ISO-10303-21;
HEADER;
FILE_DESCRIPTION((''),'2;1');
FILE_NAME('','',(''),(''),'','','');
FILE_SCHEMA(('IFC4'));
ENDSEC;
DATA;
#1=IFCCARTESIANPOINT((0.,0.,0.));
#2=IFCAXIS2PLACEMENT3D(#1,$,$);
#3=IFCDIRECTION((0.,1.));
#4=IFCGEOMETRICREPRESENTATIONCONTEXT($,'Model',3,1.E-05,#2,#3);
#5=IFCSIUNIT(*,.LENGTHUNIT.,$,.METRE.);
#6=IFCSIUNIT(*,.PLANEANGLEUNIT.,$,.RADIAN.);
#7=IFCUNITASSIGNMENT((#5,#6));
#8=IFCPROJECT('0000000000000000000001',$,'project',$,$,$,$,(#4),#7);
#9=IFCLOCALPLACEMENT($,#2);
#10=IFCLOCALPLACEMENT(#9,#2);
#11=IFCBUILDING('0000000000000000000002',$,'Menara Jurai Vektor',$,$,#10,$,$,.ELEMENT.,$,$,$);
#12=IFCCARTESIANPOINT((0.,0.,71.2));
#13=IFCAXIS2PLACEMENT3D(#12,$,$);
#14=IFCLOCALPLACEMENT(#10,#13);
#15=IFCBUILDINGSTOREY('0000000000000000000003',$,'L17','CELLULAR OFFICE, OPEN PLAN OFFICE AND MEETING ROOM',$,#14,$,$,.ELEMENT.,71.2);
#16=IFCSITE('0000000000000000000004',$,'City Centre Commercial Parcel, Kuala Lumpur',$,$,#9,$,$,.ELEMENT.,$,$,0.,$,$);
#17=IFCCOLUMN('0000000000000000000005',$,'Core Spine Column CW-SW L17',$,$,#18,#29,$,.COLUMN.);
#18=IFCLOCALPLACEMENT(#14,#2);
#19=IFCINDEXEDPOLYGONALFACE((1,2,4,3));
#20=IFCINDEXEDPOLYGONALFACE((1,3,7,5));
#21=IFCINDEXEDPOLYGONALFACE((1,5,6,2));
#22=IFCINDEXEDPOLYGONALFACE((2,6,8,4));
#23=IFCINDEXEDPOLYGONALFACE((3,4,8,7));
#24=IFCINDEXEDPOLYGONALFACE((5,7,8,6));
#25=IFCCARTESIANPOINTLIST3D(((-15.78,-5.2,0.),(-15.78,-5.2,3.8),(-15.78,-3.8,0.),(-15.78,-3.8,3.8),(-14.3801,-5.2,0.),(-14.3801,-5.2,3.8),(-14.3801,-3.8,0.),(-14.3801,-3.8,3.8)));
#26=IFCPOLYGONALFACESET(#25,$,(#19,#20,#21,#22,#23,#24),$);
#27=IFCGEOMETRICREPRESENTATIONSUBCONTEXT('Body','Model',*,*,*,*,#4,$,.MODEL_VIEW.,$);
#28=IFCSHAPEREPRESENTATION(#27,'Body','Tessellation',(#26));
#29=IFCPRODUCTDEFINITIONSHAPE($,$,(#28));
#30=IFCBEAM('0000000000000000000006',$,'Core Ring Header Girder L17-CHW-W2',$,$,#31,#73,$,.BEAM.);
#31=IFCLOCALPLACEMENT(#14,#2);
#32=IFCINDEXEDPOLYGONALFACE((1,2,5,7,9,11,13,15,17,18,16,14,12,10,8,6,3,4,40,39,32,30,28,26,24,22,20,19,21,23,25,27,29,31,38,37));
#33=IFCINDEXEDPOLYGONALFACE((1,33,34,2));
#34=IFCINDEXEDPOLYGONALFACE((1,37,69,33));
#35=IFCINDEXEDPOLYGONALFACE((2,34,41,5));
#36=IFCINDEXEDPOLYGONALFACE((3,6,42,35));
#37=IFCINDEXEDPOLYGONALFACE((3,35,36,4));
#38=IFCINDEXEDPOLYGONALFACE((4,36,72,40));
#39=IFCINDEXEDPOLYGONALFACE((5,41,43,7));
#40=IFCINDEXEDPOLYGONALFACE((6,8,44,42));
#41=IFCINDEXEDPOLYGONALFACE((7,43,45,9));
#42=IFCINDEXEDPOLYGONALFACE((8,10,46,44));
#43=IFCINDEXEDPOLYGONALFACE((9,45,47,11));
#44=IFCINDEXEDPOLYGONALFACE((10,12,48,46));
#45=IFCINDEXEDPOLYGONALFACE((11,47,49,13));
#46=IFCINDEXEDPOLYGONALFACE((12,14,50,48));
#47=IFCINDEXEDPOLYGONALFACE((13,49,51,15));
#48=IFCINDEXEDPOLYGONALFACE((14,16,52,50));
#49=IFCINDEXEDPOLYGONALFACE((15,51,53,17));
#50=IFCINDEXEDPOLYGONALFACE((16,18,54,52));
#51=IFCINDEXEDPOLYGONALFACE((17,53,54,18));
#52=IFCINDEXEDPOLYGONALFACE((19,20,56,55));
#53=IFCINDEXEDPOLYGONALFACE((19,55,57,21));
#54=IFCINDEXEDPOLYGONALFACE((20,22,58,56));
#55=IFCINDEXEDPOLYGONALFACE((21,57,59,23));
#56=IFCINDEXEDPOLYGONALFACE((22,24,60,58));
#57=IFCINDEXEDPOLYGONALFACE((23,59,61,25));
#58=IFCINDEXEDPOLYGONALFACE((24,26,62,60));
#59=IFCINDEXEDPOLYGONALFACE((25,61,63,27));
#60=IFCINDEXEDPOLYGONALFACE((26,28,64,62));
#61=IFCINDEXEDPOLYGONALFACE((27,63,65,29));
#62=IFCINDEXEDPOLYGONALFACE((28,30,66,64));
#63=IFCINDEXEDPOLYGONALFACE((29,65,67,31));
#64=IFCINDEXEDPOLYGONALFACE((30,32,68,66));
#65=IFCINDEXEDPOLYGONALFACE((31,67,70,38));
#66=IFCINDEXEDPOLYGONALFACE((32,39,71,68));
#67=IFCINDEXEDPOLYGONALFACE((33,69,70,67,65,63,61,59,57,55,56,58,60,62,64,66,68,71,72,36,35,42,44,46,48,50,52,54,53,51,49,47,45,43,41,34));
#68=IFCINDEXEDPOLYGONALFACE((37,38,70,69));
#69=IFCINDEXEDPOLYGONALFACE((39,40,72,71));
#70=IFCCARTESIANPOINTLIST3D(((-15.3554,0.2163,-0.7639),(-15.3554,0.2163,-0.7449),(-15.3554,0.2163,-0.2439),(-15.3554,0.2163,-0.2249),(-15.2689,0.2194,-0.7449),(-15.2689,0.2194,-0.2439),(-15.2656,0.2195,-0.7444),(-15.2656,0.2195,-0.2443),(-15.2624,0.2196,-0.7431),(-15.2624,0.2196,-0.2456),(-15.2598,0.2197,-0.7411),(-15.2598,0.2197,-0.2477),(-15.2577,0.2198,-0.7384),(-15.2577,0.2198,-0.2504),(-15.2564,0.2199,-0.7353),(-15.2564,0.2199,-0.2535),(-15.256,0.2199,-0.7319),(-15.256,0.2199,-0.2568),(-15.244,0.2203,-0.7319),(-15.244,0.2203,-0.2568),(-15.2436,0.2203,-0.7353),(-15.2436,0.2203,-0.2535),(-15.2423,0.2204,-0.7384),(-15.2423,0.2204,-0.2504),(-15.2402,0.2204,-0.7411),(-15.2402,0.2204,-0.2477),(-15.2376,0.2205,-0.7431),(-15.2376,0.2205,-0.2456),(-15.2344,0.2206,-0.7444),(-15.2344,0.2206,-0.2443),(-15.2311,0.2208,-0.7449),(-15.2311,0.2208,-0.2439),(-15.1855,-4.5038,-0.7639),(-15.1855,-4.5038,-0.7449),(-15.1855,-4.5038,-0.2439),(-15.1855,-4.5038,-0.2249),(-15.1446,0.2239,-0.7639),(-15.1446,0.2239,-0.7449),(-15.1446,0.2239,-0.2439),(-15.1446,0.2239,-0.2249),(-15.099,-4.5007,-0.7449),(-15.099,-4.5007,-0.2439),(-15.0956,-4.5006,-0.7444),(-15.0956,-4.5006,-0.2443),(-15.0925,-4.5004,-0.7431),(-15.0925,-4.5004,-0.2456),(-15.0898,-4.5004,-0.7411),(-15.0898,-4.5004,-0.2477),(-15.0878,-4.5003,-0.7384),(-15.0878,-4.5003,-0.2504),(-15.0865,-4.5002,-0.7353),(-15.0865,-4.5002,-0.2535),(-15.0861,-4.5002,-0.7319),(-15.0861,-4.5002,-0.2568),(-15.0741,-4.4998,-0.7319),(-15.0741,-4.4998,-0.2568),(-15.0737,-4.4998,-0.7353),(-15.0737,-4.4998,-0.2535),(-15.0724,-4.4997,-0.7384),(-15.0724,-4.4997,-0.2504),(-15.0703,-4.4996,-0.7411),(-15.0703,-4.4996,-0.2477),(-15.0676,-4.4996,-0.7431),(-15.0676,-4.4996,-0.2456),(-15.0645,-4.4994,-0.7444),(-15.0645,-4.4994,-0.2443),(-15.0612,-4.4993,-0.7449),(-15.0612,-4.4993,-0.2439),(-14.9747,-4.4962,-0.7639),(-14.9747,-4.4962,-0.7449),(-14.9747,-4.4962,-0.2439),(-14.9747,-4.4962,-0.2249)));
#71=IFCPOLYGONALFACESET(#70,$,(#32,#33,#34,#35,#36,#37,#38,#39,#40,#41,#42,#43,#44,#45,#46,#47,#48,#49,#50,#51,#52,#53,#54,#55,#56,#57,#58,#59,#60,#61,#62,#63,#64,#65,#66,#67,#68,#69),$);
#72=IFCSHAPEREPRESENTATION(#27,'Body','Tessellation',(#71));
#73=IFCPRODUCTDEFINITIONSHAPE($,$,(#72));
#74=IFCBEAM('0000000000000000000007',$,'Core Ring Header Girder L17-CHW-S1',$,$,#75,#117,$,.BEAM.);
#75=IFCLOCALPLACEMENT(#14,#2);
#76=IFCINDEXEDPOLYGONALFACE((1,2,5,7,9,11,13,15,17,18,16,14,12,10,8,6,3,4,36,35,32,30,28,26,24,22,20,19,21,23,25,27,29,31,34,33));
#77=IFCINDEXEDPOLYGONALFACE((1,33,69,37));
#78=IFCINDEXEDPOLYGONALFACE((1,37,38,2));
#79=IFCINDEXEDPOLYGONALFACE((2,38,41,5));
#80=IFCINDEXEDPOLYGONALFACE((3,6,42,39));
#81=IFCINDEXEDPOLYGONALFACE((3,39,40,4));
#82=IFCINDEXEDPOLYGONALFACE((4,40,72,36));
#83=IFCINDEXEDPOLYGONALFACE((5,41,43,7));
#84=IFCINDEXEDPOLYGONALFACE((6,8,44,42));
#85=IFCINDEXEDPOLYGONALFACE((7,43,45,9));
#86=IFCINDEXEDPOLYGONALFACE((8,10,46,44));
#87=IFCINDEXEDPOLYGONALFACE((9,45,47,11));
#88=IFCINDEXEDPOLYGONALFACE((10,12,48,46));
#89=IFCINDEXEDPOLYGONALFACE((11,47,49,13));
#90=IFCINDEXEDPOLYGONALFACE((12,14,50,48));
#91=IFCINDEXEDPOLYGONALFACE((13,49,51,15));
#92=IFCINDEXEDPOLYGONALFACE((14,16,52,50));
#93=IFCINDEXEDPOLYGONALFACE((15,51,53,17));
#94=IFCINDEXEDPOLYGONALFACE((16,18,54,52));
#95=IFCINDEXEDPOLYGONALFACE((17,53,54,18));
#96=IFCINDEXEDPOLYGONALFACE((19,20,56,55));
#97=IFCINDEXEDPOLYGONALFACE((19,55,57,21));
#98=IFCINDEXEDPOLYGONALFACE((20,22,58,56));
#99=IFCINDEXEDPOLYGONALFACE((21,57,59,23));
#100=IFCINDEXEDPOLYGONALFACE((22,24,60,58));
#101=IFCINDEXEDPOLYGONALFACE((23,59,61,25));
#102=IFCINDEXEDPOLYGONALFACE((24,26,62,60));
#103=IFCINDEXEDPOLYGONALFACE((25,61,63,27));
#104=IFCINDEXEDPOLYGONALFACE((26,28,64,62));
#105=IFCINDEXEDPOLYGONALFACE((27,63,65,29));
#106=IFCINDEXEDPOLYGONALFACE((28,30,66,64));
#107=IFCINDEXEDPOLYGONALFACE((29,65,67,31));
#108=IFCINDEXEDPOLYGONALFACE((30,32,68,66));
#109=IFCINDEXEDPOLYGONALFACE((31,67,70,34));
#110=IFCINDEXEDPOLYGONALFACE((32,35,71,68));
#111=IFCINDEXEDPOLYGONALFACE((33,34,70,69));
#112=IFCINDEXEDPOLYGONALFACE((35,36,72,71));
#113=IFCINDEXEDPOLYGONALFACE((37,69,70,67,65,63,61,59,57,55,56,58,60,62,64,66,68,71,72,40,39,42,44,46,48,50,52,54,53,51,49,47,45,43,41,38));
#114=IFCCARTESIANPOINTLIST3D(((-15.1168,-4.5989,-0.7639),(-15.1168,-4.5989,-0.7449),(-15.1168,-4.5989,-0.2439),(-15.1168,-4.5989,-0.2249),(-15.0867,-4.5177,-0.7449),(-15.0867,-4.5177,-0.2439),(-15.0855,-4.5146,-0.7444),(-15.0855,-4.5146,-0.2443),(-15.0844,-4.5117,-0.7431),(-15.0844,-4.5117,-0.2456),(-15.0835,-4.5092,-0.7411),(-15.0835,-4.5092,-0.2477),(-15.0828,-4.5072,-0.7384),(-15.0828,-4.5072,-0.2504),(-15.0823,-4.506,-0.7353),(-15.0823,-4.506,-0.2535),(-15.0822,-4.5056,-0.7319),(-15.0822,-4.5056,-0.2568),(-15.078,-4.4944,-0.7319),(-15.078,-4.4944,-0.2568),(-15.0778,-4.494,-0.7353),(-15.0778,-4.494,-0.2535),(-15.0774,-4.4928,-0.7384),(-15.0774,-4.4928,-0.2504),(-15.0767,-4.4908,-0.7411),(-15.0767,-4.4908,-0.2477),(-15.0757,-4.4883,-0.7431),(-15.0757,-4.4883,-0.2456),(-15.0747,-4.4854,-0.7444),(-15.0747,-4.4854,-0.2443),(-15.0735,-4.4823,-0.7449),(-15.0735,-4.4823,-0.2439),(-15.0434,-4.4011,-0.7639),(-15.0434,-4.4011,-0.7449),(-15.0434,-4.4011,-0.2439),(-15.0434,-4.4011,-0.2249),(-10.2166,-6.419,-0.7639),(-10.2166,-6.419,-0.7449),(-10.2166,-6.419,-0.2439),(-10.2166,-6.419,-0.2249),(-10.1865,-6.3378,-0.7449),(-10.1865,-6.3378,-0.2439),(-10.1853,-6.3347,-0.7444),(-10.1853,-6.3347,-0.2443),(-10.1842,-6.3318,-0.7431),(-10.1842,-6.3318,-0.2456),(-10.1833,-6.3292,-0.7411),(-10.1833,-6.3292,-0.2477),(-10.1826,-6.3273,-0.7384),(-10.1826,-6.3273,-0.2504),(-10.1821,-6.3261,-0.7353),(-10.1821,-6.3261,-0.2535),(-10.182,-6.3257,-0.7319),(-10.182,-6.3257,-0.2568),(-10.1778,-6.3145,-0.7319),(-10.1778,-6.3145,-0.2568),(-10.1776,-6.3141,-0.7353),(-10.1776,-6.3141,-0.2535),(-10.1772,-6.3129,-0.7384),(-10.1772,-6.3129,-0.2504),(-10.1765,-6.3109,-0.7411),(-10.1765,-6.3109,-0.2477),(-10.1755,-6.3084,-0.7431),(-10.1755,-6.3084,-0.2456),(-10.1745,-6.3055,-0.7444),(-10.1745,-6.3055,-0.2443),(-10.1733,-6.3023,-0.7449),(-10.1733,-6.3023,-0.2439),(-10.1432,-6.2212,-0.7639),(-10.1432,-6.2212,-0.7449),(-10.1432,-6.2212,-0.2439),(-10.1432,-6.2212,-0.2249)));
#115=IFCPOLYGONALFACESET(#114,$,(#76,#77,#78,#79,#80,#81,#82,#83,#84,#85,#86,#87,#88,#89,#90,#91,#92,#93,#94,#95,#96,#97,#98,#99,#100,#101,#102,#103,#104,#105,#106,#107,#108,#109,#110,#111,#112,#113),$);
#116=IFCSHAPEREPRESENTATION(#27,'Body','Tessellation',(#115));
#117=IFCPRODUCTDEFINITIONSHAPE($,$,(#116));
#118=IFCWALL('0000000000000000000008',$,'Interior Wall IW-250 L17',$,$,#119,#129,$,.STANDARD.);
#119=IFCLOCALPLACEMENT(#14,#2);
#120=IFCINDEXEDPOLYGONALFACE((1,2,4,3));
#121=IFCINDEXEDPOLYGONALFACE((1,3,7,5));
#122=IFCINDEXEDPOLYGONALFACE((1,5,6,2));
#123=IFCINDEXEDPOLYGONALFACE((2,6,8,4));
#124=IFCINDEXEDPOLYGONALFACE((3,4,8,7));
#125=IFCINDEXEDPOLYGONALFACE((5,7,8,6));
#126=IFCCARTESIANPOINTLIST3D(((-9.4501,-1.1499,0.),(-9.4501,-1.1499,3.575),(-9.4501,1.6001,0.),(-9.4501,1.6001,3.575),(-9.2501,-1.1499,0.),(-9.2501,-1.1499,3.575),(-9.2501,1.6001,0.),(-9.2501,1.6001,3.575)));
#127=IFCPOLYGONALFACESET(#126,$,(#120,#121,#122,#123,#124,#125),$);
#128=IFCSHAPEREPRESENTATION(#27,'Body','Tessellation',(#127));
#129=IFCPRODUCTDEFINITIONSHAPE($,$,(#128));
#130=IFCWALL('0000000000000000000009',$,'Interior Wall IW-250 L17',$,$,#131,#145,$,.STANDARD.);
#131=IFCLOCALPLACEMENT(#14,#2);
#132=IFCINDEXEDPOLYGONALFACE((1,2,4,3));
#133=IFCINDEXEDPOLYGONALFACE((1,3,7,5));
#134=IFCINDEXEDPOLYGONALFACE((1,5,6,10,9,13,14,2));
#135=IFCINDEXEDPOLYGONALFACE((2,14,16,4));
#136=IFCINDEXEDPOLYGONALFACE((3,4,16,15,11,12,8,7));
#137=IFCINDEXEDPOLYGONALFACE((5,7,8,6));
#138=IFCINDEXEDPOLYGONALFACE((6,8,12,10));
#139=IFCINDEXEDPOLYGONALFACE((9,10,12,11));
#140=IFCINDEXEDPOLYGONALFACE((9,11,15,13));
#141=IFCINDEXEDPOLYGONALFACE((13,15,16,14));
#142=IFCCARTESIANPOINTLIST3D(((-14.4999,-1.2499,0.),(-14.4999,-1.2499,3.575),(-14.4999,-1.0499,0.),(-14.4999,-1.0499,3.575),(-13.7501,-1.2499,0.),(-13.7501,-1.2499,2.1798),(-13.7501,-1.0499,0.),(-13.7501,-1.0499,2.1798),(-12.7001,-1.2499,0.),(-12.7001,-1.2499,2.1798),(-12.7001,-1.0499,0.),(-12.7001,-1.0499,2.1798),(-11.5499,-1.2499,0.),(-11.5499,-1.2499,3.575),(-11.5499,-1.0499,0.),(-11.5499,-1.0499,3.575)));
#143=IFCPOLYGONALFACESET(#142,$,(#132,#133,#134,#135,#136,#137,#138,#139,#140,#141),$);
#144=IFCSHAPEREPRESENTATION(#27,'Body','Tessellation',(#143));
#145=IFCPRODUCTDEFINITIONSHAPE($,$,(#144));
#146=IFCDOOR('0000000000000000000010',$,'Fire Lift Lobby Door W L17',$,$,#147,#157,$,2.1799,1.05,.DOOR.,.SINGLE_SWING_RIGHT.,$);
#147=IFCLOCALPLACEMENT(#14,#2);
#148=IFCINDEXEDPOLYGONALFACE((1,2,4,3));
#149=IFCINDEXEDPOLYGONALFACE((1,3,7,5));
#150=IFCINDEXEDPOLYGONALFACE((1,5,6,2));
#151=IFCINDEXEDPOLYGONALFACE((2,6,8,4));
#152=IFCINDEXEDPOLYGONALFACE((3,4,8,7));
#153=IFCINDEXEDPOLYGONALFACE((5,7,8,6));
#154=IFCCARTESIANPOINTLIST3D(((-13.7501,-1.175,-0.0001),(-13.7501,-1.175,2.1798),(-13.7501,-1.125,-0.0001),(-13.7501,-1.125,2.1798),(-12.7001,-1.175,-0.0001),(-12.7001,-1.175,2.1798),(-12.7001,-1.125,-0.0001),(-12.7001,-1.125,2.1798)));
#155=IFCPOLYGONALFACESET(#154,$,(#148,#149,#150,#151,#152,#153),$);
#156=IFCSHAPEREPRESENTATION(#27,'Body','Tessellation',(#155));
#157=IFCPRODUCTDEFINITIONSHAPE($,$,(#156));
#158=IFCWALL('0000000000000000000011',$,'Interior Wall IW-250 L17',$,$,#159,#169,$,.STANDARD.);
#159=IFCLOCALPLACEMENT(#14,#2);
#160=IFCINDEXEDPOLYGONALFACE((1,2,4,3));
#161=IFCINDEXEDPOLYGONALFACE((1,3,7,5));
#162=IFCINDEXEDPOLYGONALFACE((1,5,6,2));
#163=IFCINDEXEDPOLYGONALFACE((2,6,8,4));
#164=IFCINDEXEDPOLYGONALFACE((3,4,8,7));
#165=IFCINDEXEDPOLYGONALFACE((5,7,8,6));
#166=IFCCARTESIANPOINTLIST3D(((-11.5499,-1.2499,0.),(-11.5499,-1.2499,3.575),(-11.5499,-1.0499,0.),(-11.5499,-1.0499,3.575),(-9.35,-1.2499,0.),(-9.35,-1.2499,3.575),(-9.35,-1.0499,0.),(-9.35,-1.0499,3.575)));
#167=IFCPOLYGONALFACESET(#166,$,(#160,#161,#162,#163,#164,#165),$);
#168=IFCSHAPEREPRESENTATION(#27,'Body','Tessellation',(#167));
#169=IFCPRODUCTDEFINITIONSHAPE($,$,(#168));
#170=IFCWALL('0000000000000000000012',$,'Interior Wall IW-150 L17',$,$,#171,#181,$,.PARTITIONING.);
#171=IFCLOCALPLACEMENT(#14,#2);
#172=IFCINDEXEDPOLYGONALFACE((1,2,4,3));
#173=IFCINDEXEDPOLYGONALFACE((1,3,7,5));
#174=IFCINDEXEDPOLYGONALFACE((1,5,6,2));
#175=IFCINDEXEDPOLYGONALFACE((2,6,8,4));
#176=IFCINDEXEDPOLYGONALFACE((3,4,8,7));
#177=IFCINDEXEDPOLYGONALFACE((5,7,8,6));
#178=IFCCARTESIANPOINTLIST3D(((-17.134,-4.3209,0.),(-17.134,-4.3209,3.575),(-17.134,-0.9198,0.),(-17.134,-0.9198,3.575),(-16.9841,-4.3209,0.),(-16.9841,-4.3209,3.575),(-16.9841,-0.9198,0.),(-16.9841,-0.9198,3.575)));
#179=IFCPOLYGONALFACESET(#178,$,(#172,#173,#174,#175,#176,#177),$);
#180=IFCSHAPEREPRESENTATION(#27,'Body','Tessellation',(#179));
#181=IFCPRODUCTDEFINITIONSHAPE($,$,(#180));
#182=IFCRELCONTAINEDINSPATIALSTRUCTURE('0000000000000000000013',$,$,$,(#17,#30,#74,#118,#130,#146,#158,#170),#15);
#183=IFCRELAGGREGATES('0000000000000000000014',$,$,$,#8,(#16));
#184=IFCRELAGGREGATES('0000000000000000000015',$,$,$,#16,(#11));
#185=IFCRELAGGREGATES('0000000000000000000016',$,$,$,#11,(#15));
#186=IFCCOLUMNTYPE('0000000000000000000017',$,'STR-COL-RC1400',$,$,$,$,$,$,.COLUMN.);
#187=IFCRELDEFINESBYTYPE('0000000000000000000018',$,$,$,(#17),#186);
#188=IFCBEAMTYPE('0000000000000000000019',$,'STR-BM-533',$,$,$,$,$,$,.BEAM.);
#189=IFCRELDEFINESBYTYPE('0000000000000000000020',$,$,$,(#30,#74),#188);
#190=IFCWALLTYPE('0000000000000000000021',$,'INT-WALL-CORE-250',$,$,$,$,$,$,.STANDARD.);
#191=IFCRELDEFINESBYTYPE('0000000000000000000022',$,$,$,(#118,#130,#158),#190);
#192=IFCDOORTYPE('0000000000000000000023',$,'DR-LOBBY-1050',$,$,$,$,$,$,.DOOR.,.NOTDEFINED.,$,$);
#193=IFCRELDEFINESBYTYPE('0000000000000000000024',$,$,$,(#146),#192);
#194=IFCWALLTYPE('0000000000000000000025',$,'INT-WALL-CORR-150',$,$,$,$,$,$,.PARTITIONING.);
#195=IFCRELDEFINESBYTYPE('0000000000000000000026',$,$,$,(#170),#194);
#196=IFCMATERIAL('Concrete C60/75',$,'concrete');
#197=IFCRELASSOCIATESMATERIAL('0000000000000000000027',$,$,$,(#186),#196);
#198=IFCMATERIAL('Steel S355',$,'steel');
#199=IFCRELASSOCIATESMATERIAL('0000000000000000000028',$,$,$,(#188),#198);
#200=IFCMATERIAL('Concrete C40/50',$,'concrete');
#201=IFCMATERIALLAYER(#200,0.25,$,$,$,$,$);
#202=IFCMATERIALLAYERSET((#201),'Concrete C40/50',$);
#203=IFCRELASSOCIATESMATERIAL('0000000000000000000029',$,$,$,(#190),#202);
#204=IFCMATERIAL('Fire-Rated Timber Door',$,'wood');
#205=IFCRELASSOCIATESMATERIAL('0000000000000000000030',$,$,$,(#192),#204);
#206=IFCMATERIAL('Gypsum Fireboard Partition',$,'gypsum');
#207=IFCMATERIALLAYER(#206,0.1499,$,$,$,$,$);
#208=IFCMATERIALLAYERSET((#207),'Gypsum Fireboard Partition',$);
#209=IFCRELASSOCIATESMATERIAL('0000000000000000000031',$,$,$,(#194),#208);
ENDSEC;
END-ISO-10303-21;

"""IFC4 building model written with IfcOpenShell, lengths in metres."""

from ifc_helpers import new_model, si_unit, direction, frame, frame_2d, origin, origin_2d, place, context, subcontext, project, spatial, rectangle, i_section, extrude, material, layer, layer_set, material_profile, profile_set, type_object, element, fill, save


model = new_model("IFC4")

# Units and contexts
model_context = context("Model", 3, precision=1e-05, world=origin(), true_north=direction((0.0, 1.0)))
body_context = subcontext(model_context, "Body", "Model", "MODEL_VIEW")
ifc_project = project(units=[si_unit("LENGTHUNIT", "METRE"), si_unit("PLANEANGLEUNIT", "RADIAN")], contexts=[model_context])

# Site, building, storey
site_placement = place(None, origin())
site = spatial("IfcSite", under=ifc_project, at=site_placement, Name="City Centre Commercial Parcel, Kuala Lumpur", CompositionType="ELEMENT", RefElevation=0.0)
building_placement = place(site_placement, origin())
building = spatial("IfcBuilding", under=site, at=building_placement, Name="Menara Jurai Vektor", CompositionType="ELEMENT")
storey_placement = place(building_placement, frame((0.0, 0.0, 71.2)))
storey = spatial("IfcBuildingStorey", under=building, at=storey_placement, Name="L17", Description="CELLULAR OFFICE, OPEN PLAN OFFICE AND MEETING ROOM", CompositionType="ELEMENT", Elevation=71.2)

# Column
ifc_material_1 = material(Name="Concrete C60/75", Category="concrete")
ifc_material_profile_1 = material_profile(ifc_material_1, rectangle(XDim=1.3999, YDim=1.3999, at=origin_2d()), Name="RC 1400x1400")
ifc_profile_set_1 = profile_set([ifc_material_profile_1], Name="Concrete C60/75")
column_type = type_object("IfcColumnType", Name="STR-COL-RC1400", PredefinedType="COLUMN", material=ifc_profile_set_1)
column_placement = place(storey_placement, frame((-15.0801, -4.5, 0.0), z_axis=(0.0, 0.0, 1.0), x_axis=(1.0, 0.0, 0.0)))
element("IfcColumn", 1, at=column_placement, inside=storey, type_object=column_type, Name="Core Spine Column CW-SW L17", PredefinedType="COLUMN", context=body_context, shape_type="SweptSolid", body=[
    extrude(rectangle(XDim=1.3999, YDim=1.3999, at=origin_2d()), origin(), (0.0, 0.0, 1.0), 3.8),
])

# Beams
ifc_material_2 = material(Name="Steel S355", Category="steel")
ifc_material_profile_2 = material_profile(ifc_material_2, i_section(OverallWidth=0.2109, OverallDepth=0.5391, WebThickness=0.012, FlangeThickness=0.019, FilletRadius=0.0129, at=origin_2d()), Name="UKB 533x210x109")
ifc_profile_set_2 = profile_set([ifc_material_profile_2], Name="Steel S355")
beam_type = type_object("IfcBeamType", Name="STR-BM-533", PredefinedType="BEAM", material=ifc_profile_set_2)
beam_1_placement = place(storey_placement, frame((-15.0801, -4.5, -0.4944), z_axis=(-0.035977, 0.999353, 0.0), x_axis=(-0.999353, -0.035977, 0.0)))
element("IfcBeam", 2, at=beam_1_placement, inside=storey, type_object=beam_type, Name="Core Ring Header Girder L17-CHW-W2", PredefinedType="BEAM", context=body_context, shape_type="SweptSolid", body=[
    extrude(i_section(OverallWidth=0.2109, OverallDepth=0.5391, WebThickness=0.012, FlangeThickness=0.019, FilletRadius=0.0129, at=origin_2d()), origin(), (0.0, 0.0, 1.0), 4.7231),
])
beam_2_placement = place(storey_placement, frame((-15.0801, -4.5, -0.4944), z_axis=(0.937424, -0.348189, 0.0), x_axis=(0.348189, 0.937424, 0.0)))
element("IfcBeam", 3, at=beam_2_placement, inside=storey, type_object=beam_type, Name="Core Ring Header Girder L17-CHW-S1", PredefinedType="BEAM", context=body_context, shape_type="SweptSolid", body=[
    extrude(i_section(OverallWidth=0.2109, OverallDepth=0.5391, WebThickness=0.012, FlangeThickness=0.019, FilletRadius=0.0129, at=origin_2d()), origin(), (0.0, 0.0, 1.0), 5.2273),
])

# Shared definitions
ifc_material_3 = material(Name="Concrete C40/50", Category="concrete")
ifc_layer_1 = layer(ifc_material_3, 0.25)
ifc_layer_set_1 = layer_set([ifc_layer_1], Name="Concrete C40/50")
wall_type_1 = type_object("IfcWallType", Name="INT-WALL-CORE-250", PredefinedType="STANDARD", material=ifc_layer_set_1)

# Wall
wall_1_placement = place(storey_placement, frame((-9.3501, -1.1499, 0.0), z_axis=(0.0, 0.0, 1.0), x_axis=(0.0, 1.0, 0.0)))
element("IfcWall", 4, at=wall_1_placement, inside=storey, type_object=wall_type_1, Name="Interior Wall IW-250 L17", PredefinedType="STANDARD", context=body_context, shape_type="SweptSolid", body=[
    extrude(rectangle(XDim=2.75, YDim=0.2, at=frame_2d((1.375, 0.0))), origin(), (0.0, 0.0, 1.0), 3.575),
])

# Wall, opening, door
wall_2_placement = place(storey_placement, frame((-14.5, -1.1499, 0.0), z_axis=(0.0, 0.0, 1.0), x_axis=(1.0, 0.0, 0.0)))
wall_2 = element("IfcWall", 5, at=wall_2_placement, inside=storey, type_object=wall_type_1, Name="Interior Wall IW-250 L17", PredefinedType="STANDARD", context=body_context, shape_type="SweptSolid", body=[
    extrude(rectangle(XDim=2.95, YDim=0.2, at=frame_2d((1.4751, 0.0))), origin(), (0.0, 0.0, 1.0), 3.575),
])
opening_1_placement = place(wall_2_placement, frame((0.75, 0.0, 0.0)))
opening_1 = element("IfcOpeningElement", 6, at=opening_1_placement, cuts=wall_2, PredefinedType="OPENING", context=body_context, shape_type="SweptSolid", body=[
    extrude(rectangle(XDim=1.05, YDim=2.1799, at=frame_2d((0.5249, 1.0898))), frame((0.0, 0.1099, 0.0), z_axis=(0.0, -1.0, 0.0), x_axis=(1.0, 0.0, 0.0)), (0.0, 0.0, 1.0), 0.22),
])
ifc_material_4 = material(Name="Fire-Rated Timber Door", Category="wood")
door_type_1 = type_object("IfcDoorType", Name="DR-LOBBY-1050", OperationType="NOTDEFINED", PredefinedType="DOOR", material=ifc_material_4)
door_1_placement = place(opening_1_placement, origin())
door_1 = element("IfcDoor", 7, at=door_1_placement, inside=storey, type_object=door_type_1, Name="Fire Lift Lobby Door W L17", OperationType="SINGLE_SWING_RIGHT", OverallHeight=2.1799, OverallWidth=1.05, PredefinedType="DOOR", context=body_context, shape_type="SweptSolid", body=[
    extrude(rectangle(XDim=1.05, YDim=2.1799, at=frame_2d((0.5249, 1.0898))), frame((0.0, 0.0249, 0.0), z_axis=(0.0, -1.0, 0.0), x_axis=(1.0, 0.0, 0.0)), (0.0, 0.0, 1.0), 0.05),
])
fill(opening_1, door_1)

# Walls
wall_3_placement = place(storey_placement, frame((-11.55, -1.1499, 0.0), z_axis=(0.0, 0.0, 1.0), x_axis=(1.0, 0.0, 0.0)))
element("IfcWall", 8, at=wall_3_placement, inside=storey, type_object=wall_type_1, Name="Interior Wall IW-250 L17", PredefinedType="STANDARD", context=body_context, shape_type="SweptSolid", body=[
    extrude(rectangle(XDim=2.2, YDim=0.2, at=frame_2d((1.1001, 0.0))), origin(), (0.0, 0.0, 1.0), 3.575),
])
ifc_material_5 = material(Name="Gypsum Fireboard Partition", Category="gypsum")
ifc_layer_2 = layer(ifc_material_5, 0.1499)
ifc_layer_set_2 = layer_set([ifc_layer_2], Name="Gypsum Fireboard Partition")
wall_type_2 = type_object("IfcWallType", Name="INT-WALL-CORR-150", PredefinedType="PARTITIONING", material=ifc_layer_set_2)
wall_4_placement = place(storey_placement, frame((-17.0591, -4.321, 0.0), z_axis=(0.0, 0.0, 1.0), x_axis=(0.0, 1.0, 0.0)))
element("IfcWall", 9, at=wall_4_placement, inside=storey, type_object=wall_type_2, Name="Interior Wall IW-150 L17", PredefinedType="PARTITIONING", context=body_context, shape_type="SweptSolid", body=[
    extrude(rectangle(XDim=3.4011, YDim=0.1499, at=frame_2d((1.7007, 0.0))), origin(), (0.0, 0.0, 1.0), 3.575),
])

save(model, "model.ifc")
